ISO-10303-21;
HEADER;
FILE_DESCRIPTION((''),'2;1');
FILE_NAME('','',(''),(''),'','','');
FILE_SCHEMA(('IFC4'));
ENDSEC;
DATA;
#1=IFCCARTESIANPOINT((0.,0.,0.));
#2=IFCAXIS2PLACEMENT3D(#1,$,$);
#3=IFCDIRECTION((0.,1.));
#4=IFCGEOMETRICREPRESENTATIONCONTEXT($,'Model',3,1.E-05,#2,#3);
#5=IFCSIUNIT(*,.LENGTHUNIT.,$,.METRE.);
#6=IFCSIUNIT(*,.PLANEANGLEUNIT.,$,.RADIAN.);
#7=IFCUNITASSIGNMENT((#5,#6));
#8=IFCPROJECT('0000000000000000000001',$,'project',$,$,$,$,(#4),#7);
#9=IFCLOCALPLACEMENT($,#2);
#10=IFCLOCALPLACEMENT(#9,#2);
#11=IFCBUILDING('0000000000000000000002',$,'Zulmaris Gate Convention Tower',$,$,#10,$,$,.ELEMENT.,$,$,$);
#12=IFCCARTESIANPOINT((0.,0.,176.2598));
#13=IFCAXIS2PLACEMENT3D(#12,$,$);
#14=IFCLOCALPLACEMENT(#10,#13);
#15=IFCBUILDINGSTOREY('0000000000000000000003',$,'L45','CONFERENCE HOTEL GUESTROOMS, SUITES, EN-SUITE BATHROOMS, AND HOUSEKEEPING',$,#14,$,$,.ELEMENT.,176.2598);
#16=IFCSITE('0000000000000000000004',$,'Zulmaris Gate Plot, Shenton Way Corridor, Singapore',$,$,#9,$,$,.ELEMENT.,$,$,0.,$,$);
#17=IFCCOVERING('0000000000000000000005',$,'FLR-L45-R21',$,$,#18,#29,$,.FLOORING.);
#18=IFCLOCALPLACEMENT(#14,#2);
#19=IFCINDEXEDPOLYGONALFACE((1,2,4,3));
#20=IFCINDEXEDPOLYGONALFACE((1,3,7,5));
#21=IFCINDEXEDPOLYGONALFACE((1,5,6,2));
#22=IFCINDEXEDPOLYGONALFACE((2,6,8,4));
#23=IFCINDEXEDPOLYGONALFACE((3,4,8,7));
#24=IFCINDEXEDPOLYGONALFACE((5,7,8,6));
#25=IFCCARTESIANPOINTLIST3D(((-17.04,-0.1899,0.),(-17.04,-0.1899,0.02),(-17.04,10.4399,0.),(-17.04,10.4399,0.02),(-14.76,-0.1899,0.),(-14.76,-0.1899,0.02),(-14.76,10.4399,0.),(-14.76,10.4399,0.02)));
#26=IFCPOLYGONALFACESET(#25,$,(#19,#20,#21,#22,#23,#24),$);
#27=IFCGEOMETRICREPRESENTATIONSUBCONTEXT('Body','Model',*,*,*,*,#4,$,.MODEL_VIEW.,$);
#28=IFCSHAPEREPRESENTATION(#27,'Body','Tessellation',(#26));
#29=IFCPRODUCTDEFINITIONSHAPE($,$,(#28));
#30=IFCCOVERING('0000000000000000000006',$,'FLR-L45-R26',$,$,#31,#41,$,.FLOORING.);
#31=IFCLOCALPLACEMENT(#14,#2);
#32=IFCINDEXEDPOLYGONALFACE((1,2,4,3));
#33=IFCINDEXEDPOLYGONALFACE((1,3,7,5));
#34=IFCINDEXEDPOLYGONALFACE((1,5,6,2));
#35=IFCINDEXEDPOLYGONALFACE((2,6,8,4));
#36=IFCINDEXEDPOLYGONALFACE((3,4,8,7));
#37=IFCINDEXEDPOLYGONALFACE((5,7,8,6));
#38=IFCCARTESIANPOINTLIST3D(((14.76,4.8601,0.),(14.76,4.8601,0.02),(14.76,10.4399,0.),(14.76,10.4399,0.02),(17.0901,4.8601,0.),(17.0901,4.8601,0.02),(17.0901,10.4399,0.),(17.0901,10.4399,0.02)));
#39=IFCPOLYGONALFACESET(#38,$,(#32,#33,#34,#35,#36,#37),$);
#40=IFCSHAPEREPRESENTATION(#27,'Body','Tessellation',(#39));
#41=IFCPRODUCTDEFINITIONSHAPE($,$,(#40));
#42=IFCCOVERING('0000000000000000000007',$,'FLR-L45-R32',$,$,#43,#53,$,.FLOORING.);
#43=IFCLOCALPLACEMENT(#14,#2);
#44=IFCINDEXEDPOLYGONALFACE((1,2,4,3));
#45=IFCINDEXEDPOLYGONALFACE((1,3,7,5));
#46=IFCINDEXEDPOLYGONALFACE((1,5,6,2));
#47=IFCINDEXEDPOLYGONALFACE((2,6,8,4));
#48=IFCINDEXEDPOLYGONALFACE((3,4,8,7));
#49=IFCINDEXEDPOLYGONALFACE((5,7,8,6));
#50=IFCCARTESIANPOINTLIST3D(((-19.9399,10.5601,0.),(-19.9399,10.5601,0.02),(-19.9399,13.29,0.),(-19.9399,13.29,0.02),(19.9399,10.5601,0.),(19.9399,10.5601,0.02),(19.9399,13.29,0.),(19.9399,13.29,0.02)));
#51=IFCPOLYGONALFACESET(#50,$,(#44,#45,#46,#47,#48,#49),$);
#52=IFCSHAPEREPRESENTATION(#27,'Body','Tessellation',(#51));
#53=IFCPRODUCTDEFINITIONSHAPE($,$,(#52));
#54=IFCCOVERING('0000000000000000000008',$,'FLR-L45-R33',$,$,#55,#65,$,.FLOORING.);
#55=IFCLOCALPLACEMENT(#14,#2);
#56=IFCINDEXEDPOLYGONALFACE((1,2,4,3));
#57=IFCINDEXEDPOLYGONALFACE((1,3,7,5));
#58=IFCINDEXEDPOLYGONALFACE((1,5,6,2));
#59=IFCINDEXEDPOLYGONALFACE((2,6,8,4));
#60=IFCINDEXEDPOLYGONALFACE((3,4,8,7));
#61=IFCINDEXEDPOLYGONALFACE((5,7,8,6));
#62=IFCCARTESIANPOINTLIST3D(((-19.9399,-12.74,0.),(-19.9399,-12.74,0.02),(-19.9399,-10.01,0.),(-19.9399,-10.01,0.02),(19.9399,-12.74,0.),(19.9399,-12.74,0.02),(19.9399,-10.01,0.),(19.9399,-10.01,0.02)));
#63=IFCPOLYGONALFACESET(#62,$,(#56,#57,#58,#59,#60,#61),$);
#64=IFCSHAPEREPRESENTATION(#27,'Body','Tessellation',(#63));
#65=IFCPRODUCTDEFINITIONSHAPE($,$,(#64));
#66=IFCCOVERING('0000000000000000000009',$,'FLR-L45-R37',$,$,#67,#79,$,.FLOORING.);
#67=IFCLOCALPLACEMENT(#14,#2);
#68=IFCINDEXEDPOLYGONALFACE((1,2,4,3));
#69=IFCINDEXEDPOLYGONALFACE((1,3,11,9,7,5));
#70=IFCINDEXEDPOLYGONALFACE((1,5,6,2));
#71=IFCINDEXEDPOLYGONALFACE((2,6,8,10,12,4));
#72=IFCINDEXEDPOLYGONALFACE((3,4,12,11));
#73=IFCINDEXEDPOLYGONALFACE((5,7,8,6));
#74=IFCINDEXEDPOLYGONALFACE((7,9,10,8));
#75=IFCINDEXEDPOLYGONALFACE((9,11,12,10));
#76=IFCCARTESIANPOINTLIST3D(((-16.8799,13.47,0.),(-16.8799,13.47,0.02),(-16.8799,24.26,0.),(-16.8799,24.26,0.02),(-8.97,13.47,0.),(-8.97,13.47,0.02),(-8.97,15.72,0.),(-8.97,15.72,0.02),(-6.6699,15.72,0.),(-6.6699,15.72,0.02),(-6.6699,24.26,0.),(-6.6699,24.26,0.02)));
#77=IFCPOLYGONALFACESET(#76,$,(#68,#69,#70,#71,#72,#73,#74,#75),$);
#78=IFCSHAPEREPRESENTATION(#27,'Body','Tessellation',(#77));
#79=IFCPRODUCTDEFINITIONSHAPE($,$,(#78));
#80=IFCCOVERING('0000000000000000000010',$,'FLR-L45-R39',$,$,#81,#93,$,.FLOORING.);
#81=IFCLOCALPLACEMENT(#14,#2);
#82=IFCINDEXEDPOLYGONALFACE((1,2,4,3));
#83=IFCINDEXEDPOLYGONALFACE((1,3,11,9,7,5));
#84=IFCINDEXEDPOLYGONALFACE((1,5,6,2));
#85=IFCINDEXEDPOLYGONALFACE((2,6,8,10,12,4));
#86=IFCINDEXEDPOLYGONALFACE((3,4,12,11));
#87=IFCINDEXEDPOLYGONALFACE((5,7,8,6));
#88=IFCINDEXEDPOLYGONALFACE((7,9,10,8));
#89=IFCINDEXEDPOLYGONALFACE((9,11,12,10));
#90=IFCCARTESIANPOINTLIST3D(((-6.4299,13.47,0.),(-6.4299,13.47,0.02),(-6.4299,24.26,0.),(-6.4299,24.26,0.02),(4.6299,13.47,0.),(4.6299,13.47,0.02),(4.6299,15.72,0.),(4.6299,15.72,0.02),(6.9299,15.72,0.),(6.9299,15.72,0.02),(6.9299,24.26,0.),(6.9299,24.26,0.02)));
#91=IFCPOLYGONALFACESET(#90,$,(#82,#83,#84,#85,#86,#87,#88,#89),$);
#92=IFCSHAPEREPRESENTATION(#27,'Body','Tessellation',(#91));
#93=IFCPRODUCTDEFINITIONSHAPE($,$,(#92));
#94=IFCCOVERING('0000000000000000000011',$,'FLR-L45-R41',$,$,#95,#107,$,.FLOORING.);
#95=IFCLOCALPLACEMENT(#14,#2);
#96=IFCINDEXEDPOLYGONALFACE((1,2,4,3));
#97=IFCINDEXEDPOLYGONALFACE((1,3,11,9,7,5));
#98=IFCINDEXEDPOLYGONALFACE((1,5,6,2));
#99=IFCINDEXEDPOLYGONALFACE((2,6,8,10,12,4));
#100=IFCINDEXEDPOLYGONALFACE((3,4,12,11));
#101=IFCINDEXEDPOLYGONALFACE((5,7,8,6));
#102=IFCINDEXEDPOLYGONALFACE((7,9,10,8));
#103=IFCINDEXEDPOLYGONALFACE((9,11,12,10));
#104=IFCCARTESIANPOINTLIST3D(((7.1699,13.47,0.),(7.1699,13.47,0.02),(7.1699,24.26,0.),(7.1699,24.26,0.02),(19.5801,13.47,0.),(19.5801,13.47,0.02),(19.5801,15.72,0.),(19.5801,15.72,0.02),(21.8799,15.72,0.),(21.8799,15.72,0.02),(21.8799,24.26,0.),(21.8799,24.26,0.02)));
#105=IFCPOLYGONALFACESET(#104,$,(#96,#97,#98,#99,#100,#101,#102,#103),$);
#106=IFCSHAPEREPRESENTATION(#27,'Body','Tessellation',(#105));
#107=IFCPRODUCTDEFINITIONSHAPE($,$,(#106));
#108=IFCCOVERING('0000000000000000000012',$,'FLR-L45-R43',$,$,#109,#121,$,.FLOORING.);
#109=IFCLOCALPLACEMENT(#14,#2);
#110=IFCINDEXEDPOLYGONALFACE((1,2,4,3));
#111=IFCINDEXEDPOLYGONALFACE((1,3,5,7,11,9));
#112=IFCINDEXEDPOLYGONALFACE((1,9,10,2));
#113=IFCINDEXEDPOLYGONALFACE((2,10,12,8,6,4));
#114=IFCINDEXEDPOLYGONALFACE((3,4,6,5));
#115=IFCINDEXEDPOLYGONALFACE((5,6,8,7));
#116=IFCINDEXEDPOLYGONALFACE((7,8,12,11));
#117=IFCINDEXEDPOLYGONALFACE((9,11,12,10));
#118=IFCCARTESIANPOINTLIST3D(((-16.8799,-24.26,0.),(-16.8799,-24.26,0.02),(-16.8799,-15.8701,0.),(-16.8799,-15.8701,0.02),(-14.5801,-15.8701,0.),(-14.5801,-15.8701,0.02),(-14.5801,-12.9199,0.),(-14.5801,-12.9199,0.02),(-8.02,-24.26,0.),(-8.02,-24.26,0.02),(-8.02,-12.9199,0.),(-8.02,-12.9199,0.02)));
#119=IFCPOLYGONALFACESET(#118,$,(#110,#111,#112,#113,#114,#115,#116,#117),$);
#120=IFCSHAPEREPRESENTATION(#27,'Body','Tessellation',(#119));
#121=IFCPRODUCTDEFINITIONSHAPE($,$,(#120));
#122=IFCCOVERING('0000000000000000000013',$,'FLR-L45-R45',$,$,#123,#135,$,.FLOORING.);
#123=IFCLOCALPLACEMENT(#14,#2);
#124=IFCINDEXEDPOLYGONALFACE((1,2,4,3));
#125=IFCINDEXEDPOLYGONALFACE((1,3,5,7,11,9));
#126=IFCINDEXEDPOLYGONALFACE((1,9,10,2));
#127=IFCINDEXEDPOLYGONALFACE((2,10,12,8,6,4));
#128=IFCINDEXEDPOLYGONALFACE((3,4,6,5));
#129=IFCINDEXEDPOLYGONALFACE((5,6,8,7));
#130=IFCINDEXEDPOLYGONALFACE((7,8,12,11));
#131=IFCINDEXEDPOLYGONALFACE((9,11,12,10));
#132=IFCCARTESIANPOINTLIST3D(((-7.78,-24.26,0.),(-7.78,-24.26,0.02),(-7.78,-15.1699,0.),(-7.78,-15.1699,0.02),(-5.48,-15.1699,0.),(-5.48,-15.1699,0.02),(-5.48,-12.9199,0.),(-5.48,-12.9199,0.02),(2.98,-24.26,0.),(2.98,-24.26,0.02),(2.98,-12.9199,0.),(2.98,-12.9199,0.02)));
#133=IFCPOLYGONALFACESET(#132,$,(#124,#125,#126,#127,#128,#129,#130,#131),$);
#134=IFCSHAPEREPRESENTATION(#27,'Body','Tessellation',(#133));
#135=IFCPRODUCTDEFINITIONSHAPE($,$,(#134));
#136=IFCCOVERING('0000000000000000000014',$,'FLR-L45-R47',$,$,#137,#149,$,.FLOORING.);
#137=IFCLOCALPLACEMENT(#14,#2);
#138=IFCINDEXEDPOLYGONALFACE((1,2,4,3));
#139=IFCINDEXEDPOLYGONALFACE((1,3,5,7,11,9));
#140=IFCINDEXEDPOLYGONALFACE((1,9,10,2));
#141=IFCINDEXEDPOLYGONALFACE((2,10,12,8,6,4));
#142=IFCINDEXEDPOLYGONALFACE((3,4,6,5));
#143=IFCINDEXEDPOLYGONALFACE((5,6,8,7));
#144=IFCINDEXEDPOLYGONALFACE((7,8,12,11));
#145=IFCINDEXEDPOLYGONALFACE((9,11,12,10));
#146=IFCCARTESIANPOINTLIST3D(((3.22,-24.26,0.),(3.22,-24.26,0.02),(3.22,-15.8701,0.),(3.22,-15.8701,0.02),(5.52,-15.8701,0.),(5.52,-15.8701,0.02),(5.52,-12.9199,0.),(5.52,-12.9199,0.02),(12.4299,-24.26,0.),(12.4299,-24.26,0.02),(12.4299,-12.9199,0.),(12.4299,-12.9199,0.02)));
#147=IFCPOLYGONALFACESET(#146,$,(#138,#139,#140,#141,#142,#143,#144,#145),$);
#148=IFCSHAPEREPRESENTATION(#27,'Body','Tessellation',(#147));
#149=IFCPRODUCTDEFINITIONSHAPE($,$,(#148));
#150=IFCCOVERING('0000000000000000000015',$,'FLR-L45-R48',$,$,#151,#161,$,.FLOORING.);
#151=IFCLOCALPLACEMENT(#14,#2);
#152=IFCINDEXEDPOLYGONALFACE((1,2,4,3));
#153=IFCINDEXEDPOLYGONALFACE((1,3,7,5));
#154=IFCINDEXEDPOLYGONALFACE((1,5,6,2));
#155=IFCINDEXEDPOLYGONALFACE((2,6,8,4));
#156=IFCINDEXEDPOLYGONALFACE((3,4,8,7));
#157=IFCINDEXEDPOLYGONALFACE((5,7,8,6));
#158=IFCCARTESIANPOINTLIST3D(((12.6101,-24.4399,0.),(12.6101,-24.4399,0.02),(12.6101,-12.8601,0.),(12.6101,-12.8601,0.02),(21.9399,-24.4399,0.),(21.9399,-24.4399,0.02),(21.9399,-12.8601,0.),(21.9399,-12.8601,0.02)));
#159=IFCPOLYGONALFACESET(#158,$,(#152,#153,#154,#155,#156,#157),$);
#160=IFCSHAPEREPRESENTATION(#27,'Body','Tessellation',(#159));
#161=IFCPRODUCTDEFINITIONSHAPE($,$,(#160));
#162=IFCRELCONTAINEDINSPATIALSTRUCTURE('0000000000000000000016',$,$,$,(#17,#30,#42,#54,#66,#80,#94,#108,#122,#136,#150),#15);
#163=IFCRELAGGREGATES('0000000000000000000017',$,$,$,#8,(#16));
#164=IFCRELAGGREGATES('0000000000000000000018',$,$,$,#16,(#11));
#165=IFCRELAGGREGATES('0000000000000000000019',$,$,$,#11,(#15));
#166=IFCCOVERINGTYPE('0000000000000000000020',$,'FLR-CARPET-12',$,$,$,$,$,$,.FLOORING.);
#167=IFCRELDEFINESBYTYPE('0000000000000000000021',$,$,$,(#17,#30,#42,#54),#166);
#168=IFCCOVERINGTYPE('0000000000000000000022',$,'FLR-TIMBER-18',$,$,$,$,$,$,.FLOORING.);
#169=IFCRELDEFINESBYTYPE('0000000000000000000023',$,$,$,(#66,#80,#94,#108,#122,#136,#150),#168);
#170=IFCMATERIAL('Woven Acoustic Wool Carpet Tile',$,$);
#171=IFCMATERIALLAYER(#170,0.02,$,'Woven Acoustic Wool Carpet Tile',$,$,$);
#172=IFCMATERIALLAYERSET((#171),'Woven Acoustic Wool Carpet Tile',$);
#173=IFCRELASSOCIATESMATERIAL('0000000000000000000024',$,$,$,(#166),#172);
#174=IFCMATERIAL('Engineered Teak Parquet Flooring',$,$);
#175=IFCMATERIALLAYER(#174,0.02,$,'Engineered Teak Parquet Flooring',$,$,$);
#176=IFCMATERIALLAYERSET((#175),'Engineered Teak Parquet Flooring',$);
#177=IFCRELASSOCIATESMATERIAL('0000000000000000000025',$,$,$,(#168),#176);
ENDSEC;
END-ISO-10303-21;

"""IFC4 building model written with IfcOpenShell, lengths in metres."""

from ifc_helpers import new_model, si_unit, direction, frame, origin, place, context, subcontext, project, spatial, polyline, outline, extrude, material, layer, layer_set, type_object, element, save


model = new_model("IFC4")

# Units and contexts
model_context = context("Model", 3, precision=1e-05, world=origin(), true_north=direction((0.0, 1.0)))
body_context = subcontext(model_context, "Body", "Model", "MODEL_VIEW")
ifc_project = project(units=[si_unit("LENGTHUNIT", "METRE"), si_unit("PLANEANGLEUNIT", "RADIAN")], contexts=[model_context])

# Site, building, storey
site_placement = place(None, origin())
site = spatial("IfcSite", under=ifc_project, at=site_placement, Name="Zulmaris Gate Plot, Shenton Way Corridor, Singapore", CompositionType="ELEMENT", RefElevation=0.0)
building_placement = place(site_placement, origin())
building = spatial("IfcBuilding", under=site, at=building_placement, Name="Zulmaris Gate Convention Tower", CompositionType="ELEMENT")
storey_placement = place(building_placement, frame((0.0, 0.0, 176.2598)))
storey = spatial("IfcBuildingStorey", under=building, at=storey_placement, Name="L45", Description="CONFERENCE HOTEL GUESTROOMS, SUITES, EN-SUITE BATHROOMS, AND HOUSEKEEPING", CompositionType="ELEMENT", Elevation=176.2598)

# Coverings
ifc_material_1 = material(Name="Woven Acoustic Wool Carpet Tile")
ifc_layer_1 = layer(ifc_material_1, 0.02, Name="Woven Acoustic Wool Carpet Tile")
ifc_layer_set_1 = layer_set([ifc_layer_1], Name="Woven Acoustic Wool Carpet Tile")
covering_type_1 = type_object("IfcCoveringType", Name="FLR-CARPET-12", PredefinedType="FLOORING", material=ifc_layer_set_1)
covering_1_placement = place(storey_placement, origin())
element("IfcCovering", 1, at=covering_1_placement, inside=storey, type_object=covering_type_1, Name="FLR-L45-R21", PredefinedType="FLOORING", context=body_context, shape_type="SweptSolid", body=[
    extrude(outline(polyline([(-17.04, -0.1899), (-14.76, -0.1899), (-14.76, 10.4399), (-17.04, 10.4399), (-17.04, -0.1899)])), origin(), (0.0, 0.0, 1.0), 0.02),
])
covering_2_placement = place(storey_placement, origin())
element("IfcCovering", 2, at=covering_2_placement, inside=storey, type_object=covering_type_1, Name="FLR-L45-R26", PredefinedType="FLOORING", context=body_context, shape_type="SweptSolid", body=[
    extrude(outline(polyline([(14.76, 4.8601), (17.0901, 4.8601), (17.0901, 10.4399), (14.76, 10.4399), (14.76, 4.8601)])), origin(), (0.0, 0.0, 1.0), 0.02),
])
covering_3_placement = place(storey_placement, origin())
element("IfcCovering", 3, at=covering_3_placement, inside=storey, type_object=covering_type_1, Name="FLR-L45-R32", PredefinedType="FLOORING", context=body_context, shape_type="SweptSolid", body=[
    extrude(outline(polyline([(-19.9399, 10.5601), (19.9399, 10.5601), (19.9399, 13.29), (-19.9399, 13.29), (-19.9399, 10.5601)])), origin(), (0.0, 0.0, 1.0), 0.02),
])
covering_4_placement = place(storey_placement, origin())
element("IfcCovering", 4, at=covering_4_placement, inside=storey, type_object=covering_type_1, Name="FLR-L45-R33", PredefinedType="FLOORING", context=body_context, shape_type="SweptSolid", body=[
    extrude(outline(polyline([(-19.9399, -12.74), (19.9399, -12.74), (19.9399, -10.01), (-19.9399, -10.01), (-19.9399, -12.74)])), origin(), (0.0, 0.0, 1.0), 0.02),
])
ifc_material_2 = material(Name="Engineered Teak Parquet Flooring")
ifc_layer_2 = layer(ifc_material_2, 0.02, Name="Engineered Teak Parquet Flooring")
ifc_layer_set_2 = layer_set([ifc_layer_2], Name="Engineered Teak Parquet Flooring")
covering_type_2 = type_object("IfcCoveringType", Name="FLR-TIMBER-18", PredefinedType="FLOORING", material=ifc_layer_set_2)
covering_5_placement = place(storey_placement, origin())
element("IfcCovering", 5, at=covering_5_placement, inside=storey, type_object=covering_type_2, Name="FLR-L45-R37", PredefinedType="FLOORING", context=body_context, shape_type="SweptSolid", body=[
    extrude(outline(polyline([(-16.8799, 13.47), (-8.97, 13.47), (-8.97, 15.72), (-6.6699, 15.72), (-6.6699, 24.26), (-16.8799, 24.26), (-16.8799, 13.47)])), origin(), (0.0, 0.0, 1.0), 0.02),
])
covering_6_placement = place(storey_placement, origin())
element("IfcCovering", 6, at=covering_6_placement, inside=storey, type_object=covering_type_2, Name="FLR-L45-R39", PredefinedType="FLOORING", context=body_context, shape_type="SweptSolid", body=[
    extrude(outline(polyline([(-6.4299, 13.47), (4.6299, 13.47), (4.6299, 15.72), (6.9299, 15.72), (6.9299, 24.26), (-6.4299, 24.26), (-6.4299, 13.47)])), origin(), (0.0, 0.0, 1.0), 0.02),
])
covering_7_placement = place(storey_placement, origin())
element("IfcCovering", 7, at=covering_7_placement, inside=storey, type_object=covering_type_2, Name="FLR-L45-R41", PredefinedType="FLOORING", context=body_context, shape_type="SweptSolid", body=[
    extrude(outline(polyline([(7.1699, 13.47), (19.5801, 13.47), (19.5801, 15.72), (21.8799, 15.72), (21.8799, 24.26), (7.1699, 24.26), (7.1699, 13.47)])), origin(), (0.0, 0.0, 1.0), 0.02),
])
covering_8_placement = place(storey_placement, origin())
element("IfcCovering", 8, at=covering_8_placement, inside=storey, type_object=covering_type_2, Name="FLR-L45-R43", PredefinedType="FLOORING", context=body_context, shape_type="SweptSolid", body=[
    extrude(outline(polyline([(-16.8799, -24.26), (-8.02, -24.26), (-8.02, -12.9199), (-14.5801, -12.9199), (-14.5801, -15.8701), (-16.8799, -15.8701), (-16.8799, -24.26)])), origin(), (0.0, 0.0, 1.0), 0.02),
])
covering_9_placement = place(storey_placement, origin())
element("IfcCovering", 9, at=covering_9_placement, inside=storey, type_object=covering_type_2, Name="FLR-L45-R45", PredefinedType="FLOORING", context=body_context, shape_type="SweptSolid", body=[
    extrude(outline(polyline([(-7.78, -24.26), (2.98, -24.26), (2.98, -12.9199), (-5.48, -12.9199), (-5.48, -15.1699), (-7.78, -15.1699), (-7.78, -24.26)])), origin(), (0.0, 0.0, 1.0), 0.02),
])
covering_10_placement = place(storey_placement, origin())
element("IfcCovering", 10, at=covering_10_placement, inside=storey, type_object=covering_type_2, Name="FLR-L45-R47", PredefinedType="FLOORING", context=body_context, shape_type="SweptSolid", body=[
    extrude(outline(polyline([(3.22, -24.26), (12.4299, -24.26), (12.4299, -12.9199), (5.52, -12.9199), (5.52, -15.8701), (3.22, -15.8701), (3.22, -24.26)])), origin(), (0.0, 0.0, 1.0), 0.02),
])
covering_11_placement = place(storey_placement, origin())
element("IfcCovering", 11, at=covering_11_placement, inside=storey, type_object=covering_type_2, Name="FLR-L45-R48", PredefinedType="FLOORING", context=body_context, shape_type="SweptSolid", body=[
    extrude(outline(polyline([(12.6101, -24.4399), (21.9399, -24.4399), (21.9399, -12.8601), (12.6101, -12.8601), (12.6101, -24.4399)])), origin(), (0.0, 0.0, 1.0), 0.02),
])

save(model, "model.ifc")
